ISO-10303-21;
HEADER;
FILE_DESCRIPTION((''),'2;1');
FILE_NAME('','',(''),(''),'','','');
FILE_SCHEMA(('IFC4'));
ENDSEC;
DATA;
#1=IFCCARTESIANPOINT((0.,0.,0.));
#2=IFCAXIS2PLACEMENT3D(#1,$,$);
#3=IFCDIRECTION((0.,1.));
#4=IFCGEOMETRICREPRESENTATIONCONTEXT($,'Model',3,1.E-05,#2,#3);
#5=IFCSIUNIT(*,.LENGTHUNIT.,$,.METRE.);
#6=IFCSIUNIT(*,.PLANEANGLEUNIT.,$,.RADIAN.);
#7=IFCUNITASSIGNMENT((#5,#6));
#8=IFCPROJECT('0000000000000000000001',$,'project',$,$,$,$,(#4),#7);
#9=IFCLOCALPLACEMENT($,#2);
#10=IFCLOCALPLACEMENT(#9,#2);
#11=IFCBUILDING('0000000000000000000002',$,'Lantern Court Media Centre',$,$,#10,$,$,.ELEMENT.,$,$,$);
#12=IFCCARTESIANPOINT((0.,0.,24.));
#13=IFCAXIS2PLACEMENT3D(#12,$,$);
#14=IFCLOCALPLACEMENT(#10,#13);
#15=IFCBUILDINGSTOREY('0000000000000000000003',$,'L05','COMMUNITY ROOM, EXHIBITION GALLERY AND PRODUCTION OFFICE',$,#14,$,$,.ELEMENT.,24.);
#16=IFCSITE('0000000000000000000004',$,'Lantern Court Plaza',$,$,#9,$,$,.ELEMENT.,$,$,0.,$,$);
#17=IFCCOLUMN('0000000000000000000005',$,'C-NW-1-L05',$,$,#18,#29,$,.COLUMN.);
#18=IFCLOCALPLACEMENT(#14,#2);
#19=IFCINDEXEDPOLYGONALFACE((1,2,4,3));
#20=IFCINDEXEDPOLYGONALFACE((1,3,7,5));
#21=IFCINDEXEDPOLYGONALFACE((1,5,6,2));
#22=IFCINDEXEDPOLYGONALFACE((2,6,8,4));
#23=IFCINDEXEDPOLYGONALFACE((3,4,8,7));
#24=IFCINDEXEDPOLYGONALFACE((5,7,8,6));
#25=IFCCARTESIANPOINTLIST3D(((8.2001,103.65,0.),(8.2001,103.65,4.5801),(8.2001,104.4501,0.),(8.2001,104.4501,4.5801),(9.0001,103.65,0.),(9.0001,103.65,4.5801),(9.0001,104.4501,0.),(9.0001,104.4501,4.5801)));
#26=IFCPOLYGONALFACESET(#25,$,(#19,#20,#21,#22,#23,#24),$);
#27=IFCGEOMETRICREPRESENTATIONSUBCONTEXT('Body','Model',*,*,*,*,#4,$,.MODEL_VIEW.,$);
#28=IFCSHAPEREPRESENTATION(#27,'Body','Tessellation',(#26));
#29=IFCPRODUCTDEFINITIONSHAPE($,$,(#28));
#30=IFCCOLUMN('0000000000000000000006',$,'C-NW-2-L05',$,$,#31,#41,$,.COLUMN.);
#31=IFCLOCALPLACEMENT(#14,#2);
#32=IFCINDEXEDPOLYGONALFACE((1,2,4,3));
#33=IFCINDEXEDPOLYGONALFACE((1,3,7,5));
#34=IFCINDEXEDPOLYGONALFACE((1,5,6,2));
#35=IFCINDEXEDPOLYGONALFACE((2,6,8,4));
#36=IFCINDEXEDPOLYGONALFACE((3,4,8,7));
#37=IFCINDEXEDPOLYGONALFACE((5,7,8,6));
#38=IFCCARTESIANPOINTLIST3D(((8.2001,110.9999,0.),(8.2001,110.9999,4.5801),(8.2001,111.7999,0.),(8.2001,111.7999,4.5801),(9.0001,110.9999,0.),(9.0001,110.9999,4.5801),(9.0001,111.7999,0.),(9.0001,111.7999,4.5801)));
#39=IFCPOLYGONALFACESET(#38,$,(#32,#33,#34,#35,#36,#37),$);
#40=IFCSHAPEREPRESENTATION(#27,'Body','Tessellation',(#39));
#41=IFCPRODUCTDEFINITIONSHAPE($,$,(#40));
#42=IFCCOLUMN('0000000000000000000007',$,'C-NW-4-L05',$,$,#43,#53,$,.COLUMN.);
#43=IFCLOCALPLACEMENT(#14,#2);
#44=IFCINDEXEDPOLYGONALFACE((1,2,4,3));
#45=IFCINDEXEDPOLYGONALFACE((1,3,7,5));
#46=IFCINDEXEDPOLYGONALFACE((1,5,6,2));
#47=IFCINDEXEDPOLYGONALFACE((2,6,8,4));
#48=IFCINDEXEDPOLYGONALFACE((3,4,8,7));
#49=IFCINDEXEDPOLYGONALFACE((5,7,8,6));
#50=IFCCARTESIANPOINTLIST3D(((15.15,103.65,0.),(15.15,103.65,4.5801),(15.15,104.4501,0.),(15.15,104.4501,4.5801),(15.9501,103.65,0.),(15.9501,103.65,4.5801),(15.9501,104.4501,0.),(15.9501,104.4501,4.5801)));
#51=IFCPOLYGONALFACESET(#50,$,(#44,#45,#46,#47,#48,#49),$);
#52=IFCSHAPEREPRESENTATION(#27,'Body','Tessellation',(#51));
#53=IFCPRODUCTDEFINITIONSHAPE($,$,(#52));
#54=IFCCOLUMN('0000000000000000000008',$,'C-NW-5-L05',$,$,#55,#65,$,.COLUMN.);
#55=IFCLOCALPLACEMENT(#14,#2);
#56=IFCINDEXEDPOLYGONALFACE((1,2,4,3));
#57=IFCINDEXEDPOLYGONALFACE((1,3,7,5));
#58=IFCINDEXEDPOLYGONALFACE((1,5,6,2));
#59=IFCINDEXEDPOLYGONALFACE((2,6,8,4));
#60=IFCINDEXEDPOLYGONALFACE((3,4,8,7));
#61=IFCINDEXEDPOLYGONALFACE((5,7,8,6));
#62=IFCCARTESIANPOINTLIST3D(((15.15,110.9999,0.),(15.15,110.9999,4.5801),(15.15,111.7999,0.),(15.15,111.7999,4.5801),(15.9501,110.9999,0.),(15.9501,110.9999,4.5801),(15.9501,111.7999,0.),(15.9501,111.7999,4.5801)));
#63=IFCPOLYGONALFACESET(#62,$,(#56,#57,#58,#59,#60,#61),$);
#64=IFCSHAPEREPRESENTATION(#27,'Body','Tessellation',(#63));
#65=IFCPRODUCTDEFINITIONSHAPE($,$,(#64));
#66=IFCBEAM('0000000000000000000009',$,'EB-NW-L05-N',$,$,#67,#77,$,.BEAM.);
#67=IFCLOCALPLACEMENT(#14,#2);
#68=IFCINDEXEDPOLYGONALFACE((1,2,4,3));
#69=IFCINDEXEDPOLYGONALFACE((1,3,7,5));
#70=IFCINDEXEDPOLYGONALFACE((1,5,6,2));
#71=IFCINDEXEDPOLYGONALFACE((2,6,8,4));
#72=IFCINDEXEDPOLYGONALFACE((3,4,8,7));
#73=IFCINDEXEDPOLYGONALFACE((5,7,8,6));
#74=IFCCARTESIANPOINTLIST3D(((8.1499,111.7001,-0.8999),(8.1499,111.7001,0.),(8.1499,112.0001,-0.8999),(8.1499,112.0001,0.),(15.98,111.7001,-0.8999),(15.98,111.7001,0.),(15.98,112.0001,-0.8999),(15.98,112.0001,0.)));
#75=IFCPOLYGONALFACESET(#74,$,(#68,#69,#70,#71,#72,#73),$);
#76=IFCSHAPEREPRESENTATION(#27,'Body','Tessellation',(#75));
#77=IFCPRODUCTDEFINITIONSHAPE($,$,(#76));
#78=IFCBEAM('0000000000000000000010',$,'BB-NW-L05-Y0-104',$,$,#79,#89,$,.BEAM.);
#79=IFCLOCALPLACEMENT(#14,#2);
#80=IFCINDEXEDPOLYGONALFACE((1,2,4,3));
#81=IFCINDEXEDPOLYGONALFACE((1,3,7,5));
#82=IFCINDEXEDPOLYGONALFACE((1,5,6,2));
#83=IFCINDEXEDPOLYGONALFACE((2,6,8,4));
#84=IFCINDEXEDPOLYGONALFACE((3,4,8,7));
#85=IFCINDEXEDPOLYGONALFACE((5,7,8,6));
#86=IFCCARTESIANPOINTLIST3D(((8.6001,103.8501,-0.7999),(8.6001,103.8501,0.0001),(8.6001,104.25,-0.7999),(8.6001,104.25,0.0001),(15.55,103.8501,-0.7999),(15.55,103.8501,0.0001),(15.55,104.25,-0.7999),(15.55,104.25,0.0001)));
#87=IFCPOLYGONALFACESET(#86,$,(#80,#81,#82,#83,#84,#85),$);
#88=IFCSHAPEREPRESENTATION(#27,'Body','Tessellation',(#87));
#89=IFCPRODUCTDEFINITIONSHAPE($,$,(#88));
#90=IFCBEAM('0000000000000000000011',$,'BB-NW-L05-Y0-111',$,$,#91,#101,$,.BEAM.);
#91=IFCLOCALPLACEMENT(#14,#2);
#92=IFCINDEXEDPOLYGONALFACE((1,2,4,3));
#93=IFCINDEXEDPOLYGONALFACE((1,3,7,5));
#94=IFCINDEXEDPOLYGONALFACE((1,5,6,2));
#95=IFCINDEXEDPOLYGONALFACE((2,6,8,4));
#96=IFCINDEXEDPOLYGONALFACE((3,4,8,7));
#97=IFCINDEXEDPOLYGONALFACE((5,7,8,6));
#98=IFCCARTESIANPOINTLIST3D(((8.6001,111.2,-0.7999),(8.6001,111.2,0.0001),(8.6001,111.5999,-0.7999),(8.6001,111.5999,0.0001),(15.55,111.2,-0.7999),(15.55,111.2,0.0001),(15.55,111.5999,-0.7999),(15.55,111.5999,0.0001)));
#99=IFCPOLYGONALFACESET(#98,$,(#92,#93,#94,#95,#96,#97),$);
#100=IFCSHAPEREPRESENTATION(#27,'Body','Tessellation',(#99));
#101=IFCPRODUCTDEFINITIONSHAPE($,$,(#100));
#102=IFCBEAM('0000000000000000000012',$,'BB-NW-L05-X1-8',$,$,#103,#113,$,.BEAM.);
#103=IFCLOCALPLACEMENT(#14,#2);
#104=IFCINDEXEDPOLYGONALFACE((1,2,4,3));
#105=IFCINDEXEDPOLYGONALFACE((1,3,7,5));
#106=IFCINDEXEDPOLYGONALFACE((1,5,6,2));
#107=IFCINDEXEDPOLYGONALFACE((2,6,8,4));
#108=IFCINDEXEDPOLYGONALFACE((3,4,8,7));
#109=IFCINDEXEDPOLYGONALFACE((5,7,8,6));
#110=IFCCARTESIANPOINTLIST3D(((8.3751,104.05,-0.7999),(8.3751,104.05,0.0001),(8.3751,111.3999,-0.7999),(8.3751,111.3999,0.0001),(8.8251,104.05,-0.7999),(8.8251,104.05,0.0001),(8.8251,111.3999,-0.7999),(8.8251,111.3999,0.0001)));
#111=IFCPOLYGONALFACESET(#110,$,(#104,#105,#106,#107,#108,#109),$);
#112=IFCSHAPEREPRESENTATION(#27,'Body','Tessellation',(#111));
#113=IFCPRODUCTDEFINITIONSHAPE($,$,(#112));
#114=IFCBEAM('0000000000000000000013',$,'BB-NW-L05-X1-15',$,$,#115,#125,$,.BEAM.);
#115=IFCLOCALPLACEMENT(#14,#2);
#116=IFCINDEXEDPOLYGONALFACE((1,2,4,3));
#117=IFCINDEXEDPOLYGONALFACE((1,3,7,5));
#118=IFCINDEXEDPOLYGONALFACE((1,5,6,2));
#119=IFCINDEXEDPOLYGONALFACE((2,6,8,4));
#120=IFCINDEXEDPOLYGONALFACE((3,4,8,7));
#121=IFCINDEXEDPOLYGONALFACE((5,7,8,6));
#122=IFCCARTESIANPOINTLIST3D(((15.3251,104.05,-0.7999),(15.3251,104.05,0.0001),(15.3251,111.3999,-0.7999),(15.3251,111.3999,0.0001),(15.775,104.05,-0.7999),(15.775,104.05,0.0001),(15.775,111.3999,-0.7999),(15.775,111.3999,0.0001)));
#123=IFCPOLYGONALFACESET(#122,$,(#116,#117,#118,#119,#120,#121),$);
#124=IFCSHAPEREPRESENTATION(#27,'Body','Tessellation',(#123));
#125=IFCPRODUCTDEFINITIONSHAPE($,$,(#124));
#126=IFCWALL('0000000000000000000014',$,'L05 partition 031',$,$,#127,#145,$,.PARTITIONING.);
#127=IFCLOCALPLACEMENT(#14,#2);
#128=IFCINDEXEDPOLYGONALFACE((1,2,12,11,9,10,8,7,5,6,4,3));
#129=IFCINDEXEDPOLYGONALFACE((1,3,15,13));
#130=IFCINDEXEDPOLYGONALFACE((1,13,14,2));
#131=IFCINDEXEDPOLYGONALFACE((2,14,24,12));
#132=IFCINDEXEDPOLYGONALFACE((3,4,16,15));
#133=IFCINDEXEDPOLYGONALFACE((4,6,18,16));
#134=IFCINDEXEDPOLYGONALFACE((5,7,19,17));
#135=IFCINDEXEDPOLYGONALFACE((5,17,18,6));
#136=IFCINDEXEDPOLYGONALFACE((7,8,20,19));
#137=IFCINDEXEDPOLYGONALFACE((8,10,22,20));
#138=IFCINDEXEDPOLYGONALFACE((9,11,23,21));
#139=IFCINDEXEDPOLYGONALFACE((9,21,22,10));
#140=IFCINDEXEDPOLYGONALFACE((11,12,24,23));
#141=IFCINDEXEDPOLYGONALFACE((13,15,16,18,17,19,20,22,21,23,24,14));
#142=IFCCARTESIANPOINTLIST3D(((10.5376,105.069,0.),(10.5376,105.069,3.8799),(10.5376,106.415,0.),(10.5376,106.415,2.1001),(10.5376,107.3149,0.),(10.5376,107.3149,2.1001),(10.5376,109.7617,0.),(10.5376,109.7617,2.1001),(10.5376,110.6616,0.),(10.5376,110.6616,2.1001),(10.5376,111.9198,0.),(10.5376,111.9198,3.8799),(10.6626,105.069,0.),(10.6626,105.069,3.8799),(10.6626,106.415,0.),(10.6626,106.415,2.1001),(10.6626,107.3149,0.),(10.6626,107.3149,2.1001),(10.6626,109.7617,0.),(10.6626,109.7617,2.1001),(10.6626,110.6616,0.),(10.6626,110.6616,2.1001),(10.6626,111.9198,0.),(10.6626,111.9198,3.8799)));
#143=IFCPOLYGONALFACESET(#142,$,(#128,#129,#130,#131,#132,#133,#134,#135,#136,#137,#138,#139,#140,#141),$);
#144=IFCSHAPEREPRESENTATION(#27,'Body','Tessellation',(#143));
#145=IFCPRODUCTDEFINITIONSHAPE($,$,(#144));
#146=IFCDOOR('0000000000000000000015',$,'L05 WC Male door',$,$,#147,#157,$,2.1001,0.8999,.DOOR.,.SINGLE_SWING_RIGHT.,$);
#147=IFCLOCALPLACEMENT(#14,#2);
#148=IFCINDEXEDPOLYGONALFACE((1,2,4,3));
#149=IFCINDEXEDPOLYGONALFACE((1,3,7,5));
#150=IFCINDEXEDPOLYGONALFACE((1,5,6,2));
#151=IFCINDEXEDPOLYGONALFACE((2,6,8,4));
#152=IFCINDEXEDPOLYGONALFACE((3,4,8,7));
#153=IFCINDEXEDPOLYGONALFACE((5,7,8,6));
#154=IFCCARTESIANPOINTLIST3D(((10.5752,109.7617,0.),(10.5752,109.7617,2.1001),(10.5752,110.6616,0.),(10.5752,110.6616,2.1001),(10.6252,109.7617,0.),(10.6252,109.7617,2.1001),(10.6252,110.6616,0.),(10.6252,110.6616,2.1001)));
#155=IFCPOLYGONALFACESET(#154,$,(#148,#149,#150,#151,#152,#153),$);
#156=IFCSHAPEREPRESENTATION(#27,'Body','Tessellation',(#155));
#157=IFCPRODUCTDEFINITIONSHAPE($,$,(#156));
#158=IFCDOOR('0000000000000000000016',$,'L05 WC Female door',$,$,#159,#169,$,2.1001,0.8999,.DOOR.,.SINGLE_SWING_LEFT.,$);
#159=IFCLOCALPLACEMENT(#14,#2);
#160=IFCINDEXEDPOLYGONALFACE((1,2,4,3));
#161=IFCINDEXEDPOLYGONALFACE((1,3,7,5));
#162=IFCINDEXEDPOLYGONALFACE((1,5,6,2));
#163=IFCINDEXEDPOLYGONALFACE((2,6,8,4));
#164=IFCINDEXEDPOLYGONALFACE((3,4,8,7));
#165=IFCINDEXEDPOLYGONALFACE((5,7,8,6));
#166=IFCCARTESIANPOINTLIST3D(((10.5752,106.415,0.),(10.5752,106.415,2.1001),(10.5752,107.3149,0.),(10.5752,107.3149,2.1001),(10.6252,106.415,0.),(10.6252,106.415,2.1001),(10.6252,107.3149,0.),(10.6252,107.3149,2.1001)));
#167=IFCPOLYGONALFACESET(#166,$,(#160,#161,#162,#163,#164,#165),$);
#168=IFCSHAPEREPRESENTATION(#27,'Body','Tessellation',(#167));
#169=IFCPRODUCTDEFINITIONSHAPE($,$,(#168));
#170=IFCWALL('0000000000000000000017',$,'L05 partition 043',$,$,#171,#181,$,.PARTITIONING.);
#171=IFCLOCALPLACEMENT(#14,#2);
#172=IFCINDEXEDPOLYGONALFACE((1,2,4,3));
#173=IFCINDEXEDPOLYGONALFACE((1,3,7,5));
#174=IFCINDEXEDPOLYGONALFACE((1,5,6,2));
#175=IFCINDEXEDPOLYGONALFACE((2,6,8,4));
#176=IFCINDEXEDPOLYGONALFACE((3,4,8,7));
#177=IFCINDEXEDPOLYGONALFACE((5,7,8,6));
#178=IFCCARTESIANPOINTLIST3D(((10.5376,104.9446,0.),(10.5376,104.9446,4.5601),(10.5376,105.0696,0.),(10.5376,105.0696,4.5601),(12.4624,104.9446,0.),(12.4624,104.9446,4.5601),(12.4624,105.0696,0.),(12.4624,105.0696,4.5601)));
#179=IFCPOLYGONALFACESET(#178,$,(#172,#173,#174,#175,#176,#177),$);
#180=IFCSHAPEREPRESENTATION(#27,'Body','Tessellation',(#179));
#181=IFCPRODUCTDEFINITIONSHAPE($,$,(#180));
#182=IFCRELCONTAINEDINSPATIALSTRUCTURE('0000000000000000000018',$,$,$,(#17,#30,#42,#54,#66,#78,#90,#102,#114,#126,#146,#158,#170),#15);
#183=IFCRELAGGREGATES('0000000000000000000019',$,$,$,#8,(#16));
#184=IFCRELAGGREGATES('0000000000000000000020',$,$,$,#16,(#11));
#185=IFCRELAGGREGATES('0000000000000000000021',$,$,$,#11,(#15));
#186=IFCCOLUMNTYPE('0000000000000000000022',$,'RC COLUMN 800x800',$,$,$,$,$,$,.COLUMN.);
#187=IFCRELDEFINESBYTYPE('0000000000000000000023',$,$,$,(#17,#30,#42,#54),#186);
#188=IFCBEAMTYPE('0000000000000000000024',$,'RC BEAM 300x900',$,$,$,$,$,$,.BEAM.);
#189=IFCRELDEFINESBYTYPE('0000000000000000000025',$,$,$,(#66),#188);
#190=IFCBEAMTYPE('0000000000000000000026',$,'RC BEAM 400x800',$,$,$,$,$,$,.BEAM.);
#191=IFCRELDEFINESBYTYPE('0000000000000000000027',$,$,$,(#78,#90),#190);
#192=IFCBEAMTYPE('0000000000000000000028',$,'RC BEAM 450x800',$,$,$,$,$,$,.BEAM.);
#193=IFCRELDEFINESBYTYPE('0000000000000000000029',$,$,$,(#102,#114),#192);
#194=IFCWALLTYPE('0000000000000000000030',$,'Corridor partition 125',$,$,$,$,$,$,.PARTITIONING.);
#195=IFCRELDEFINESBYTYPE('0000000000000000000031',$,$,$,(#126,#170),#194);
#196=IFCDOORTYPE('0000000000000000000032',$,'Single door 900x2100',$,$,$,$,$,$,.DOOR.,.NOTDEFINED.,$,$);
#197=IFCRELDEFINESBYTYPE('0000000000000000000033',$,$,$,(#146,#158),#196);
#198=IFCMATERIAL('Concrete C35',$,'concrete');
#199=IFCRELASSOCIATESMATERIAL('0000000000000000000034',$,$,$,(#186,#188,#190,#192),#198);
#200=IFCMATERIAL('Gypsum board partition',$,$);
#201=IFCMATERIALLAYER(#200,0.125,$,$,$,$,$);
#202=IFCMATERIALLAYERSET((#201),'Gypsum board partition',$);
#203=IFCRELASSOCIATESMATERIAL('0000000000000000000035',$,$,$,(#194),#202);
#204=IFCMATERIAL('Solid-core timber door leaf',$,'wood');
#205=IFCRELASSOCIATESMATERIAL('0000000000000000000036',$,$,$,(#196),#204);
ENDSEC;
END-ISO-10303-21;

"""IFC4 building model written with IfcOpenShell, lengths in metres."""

from ifc_helpers import new_model, si_unit, direction, frame, frame_2d, origin, origin_2d, place, context, subcontext, project, spatial, rectangle, extrude, material, layer, layer_set, material_profile, profile_set, type_object, element, fill, save


model = new_model("IFC4")

# Units and contexts
model_context = context("Model", 3, precision=1e-05, world=origin(), true_north=direction((0.0, 1.0)))
body_context = subcontext(model_context, "Body", "Model", "MODEL_VIEW")
ifc_project = project(units=[si_unit("LENGTHUNIT", "METRE"), si_unit("PLANEANGLEUNIT", "RADIAN")], contexts=[model_context])

# Site, building, storey
site_placement = place(None, origin())
site = spatial("IfcSite", under=ifc_project, at=site_placement, Name="Lantern Court Plaza", CompositionType="ELEMENT", RefElevation=0.0)
building_placement = place(site_placement, origin())
building = spatial("IfcBuilding", under=site, at=building_placement, Name="Lantern Court Media Centre", CompositionType="ELEMENT")
storey_placement = place(building_placement, frame((0.0, 0.0, 24.0)))
storey = spatial("IfcBuildingStorey", under=building, at=storey_placement, Name="L05", Description="COMMUNITY ROOM, EXHIBITION GALLERY AND PRODUCTION OFFICE", CompositionType="ELEMENT", Elevation=24.0)

# Columns
ifc_material_1 = material(Name="Concrete C35", Category="concrete")
ifc_material_profile_1 = material_profile(ifc_material_1, rectangle(XDim=0.8, YDim=0.8, at=origin_2d()), Name="RC 800x800")
ifc_profile_set_1 = profile_set([ifc_material_profile_1], Name="Concrete C35")
column_type = type_object("IfcColumnType", Name="RC COLUMN 800x800", PredefinedType="COLUMN", material=ifc_profile_set_1)
for number, where, z_axis, x_axis, name in (
    (1, (8.6001, 104.05, 0.0), (0.0, 0.0, 1.0), (1.0, 0.0, 0.0), "C-NW-1-L05"),
    (2, (8.6001, 111.3999, 0.0), (0.0, 0.0, 1.0), (1.0, 0.0, 0.0), "C-NW-2-L05"),
    (3, (15.55, 104.05, 0.0), (0.0, 0.0, 1.0), (1.0, 0.0, 0.0), "C-NW-4-L05"),
    (4, (15.55, 111.3999, 0.0), (0.0, 0.0, 1.0), (1.0, 0.0, 0.0), "C-NW-5-L05"),
):
    element("IfcColumn", number, at=place(storey_placement, frame(where, z_axis=z_axis, x_axis=x_axis)), inside=storey, type_object=column_type, Name=name, PredefinedType="COLUMN", context=body_context, shape_type="SweptSolid", body=[
        extrude(rectangle(XDim=0.8, YDim=0.8, at=origin_2d()), origin(), (0.0, 0.0, 1.0), 4.5801),
    ])

# Beams
ifc_material_profile_2 = material_profile(ifc_material_1, rectangle(XDim=0.3, YDim=0.8999, at=origin_2d()), Name="RC 300x900")
ifc_profile_set_2 = profile_set([ifc_material_profile_2], Name="Concrete C35")
beam_type_1 = type_object("IfcBeamType", Name="RC BEAM 300x900", PredefinedType="BEAM", material=ifc_profile_set_2)
beam_placement = place(storey_placement, frame((8.1499, 111.8501, -0.45), z_axis=(1.0, 0.0, 0.0), x_axis=(0.0, 1.0, 0.0)))
element("IfcBeam", 5, at=beam_placement, inside=storey, type_object=beam_type_1, Name="EB-NW-L05-N", PredefinedType="BEAM", context=body_context, shape_type="SweptSolid", body=[
    extrude(rectangle(XDim=0.3, YDim=0.8999, at=origin_2d()), origin(), (0.0, 0.0, 1.0), 7.8301),
])
ifc_material_profile_3 = material_profile(ifc_material_1, rectangle(XDim=0.3999, YDim=0.8, at=origin_2d()), Name="RC 400x800")
ifc_profile_set_3 = profile_set([ifc_material_profile_3], Name="Concrete C35")
beam_type_2 = type_object("IfcBeamType", Name="RC BEAM 400x800", PredefinedType="BEAM", material=ifc_profile_set_3)
for number, where, z_axis, x_axis, name in (
    (6, (8.6001, 104.05, -0.3999), (1.0, 0.0, 0.0), (0.0, 1.0, 0.0), "BB-NW-L05-Y0-104"),
    (7, (8.6001, 111.3999, -0.3999), (1.0, 0.0, 0.0), (0.0, 1.0, 0.0), "BB-NW-L05-Y0-111"),
):
    element("IfcBeam", number, at=place(storey_placement, frame(where, z_axis=z_axis, x_axis=x_axis)), inside=storey, type_object=beam_type_2, Name=name, PredefinedType="BEAM", context=body_context, shape_type="SweptSolid", body=[
        extrude(rectangle(XDim=0.3999, YDim=0.8, at=origin_2d()), origin(), (0.0, 0.0, 1.0), 6.95),
    ])
ifc_material_profile_4 = material_profile(ifc_material_1, rectangle(XDim=0.45, YDim=0.8, at=origin_2d()), Name="RC 450x800")
ifc_profile_set_4 = profile_set([ifc_material_profile_4], Name="Concrete C35")
beam_type_3 = type_object("IfcBeamType", Name="RC BEAM 450x800", PredefinedType="BEAM", material=ifc_profile_set_4)
for number, where, z_axis, x_axis, name in (
    (8, (8.6001, 104.05, -0.3999), (0.0, 1.0, 0.0), (-1.0, 0.0, 0.0), "BB-NW-L05-X1-8"),
    (9, (15.55, 104.05, -0.3999), (0.0, 1.0, 0.0), (-1.0, 0.0, 0.0), "BB-NW-L05-X1-15"),
):
    element("IfcBeam", number, at=place(storey_placement, frame(where, z_axis=z_axis, x_axis=x_axis)), inside=storey, type_object=beam_type_3, Name=name, PredefinedType="BEAM", context=body_context, shape_type="SweptSolid", body=[
        extrude(rectangle(XDim=0.45, YDim=0.8, at=origin_2d()), origin(), (0.0, 0.0, 1.0), 7.3499),
    ])

# Wall, openings, doors
ifc_material_2 = material(Name="Gypsum board partition")
ifc_layer_1 = layer(ifc_material_2, 0.125)
ifc_layer_set_1 = layer_set([ifc_layer_1], Name="Gypsum board partition")
wall_type_1 = type_object("IfcWallType", Name="Corridor partition 125", PredefinedType="PARTITIONING", material=ifc_layer_set_1)
wall_1_placement = place(storey_placement, frame((10.6001, 105.0691, 0.0), z_axis=(0.0, 0.0, 1.0), x_axis=(0.0, 1.0, 0.0)))
wall_1 = element("IfcWall", 10, at=wall_1_placement, inside=storey, type_object=wall_type_1, Name="L05 partition 031", PredefinedType="PARTITIONING", context=body_context, shape_type="SweptSolid", body=[
    extrude(rectangle(XDim=6.8508, YDim=0.125, at=frame_2d((3.4253, 0.0))), origin(), (0.0, 0.0, 1.0), 3.8799),
])
opening_1_placement = place(wall_1_placement, frame((4.6926, 0.0, 0.0)))
opening_1 = element("IfcOpeningElement", 11, at=opening_1_placement, cuts=wall_1, PredefinedType="OPENING", context=body_context, shape_type="SweptSolid", body=[
    extrude(rectangle(XDim=0.8999, YDim=2.1001, at=frame_2d((0.45, 1.05))), frame((0.0, 0.0725, 0.0), z_axis=(0.0, -1.0, 0.0), x_axis=(1.0, 0.0, 0.0)), (0.0, 0.0, 1.0), 0.145),
])
opening_2_placement = place(wall_1_placement, frame((1.3459, 0.0, 0.0)))
opening_2 = element("IfcOpeningElement", 12, at=opening_2_placement, cuts=wall_1, PredefinedType="OPENING", context=body_context, shape_type="SweptSolid", body=[
    extrude(rectangle(XDim=0.8999, YDim=2.1001, at=frame_2d((0.45, 1.05))), frame((0.0, 0.0725, 0.0), z_axis=(0.0, -1.0, 0.0), x_axis=(1.0, 0.0, 0.0)), (0.0, 0.0, 1.0), 0.145),
])
ifc_material_3 = material(Name="Solid-core timber door leaf", Category="wood")
door_type = type_object("IfcDoorType", Name="Single door 900x2100", OperationType="NOTDEFINED", PredefinedType="DOOR", material=ifc_material_3)
door_1_placement = place(opening_1_placement, origin())
door_1 = element("IfcDoor", 13, at=door_1_placement, inside=storey, type_object=door_type, Name="L05 WC Male door", OperationType="SINGLE_SWING_RIGHT", OverallHeight=2.1001, OverallWidth=0.8999, PredefinedType="DOOR", context=body_context, shape_type="SweptSolid", body=[
    extrude(rectangle(XDim=0.8999, YDim=2.1001, at=frame_2d((0.45, 1.05))), frame((0.0, 0.0249, 0.0), z_axis=(0.0, -1.0, 0.0), x_axis=(1.0, 0.0, 0.0)), (0.0, 0.0, 1.0), 0.05),
])
fill(opening_1, door_1)
door_2_placement = place(opening_2_placement, origin())
door_2 = element("IfcDoor", 14, at=door_2_placement, inside=storey, type_object=door_type, Name="L05 WC Female door", OperationType="SINGLE_SWING_LEFT", OverallHeight=2.1001, OverallWidth=0.8999, PredefinedType="DOOR", context=body_context, shape_type="SweptSolid", body=[
    extrude(rectangle(XDim=0.8999, YDim=2.1001, at=frame_2d((0.45, 1.05))), frame((0.0, 0.0249, 0.0), z_axis=(0.0, -1.0, 0.0), x_axis=(1.0, 0.0, 0.0)), (0.0, 0.0, 1.0), 0.05),
])
fill(opening_2, door_2)

# Wall
wall_2_placement = place(storey_placement, frame((10.5376, 105.0071, 0.0), z_axis=(0.0, 0.0, 1.0), x_axis=(1.0, 0.0, 0.0)))
element("IfcWall", 15, at=wall_2_placement, inside=storey, type_object=wall_type_1, Name="L05 partition 043", PredefinedType="PARTITIONING", context=body_context, shape_type="SweptSolid", body=[
    extrude(rectangle(XDim=1.9248, YDim=0.125, at=frame_2d((0.9624, 0.0))), origin(), (0.0, 0.0, 1.0), 4.5601),
])

save(model, "model.ifc")
